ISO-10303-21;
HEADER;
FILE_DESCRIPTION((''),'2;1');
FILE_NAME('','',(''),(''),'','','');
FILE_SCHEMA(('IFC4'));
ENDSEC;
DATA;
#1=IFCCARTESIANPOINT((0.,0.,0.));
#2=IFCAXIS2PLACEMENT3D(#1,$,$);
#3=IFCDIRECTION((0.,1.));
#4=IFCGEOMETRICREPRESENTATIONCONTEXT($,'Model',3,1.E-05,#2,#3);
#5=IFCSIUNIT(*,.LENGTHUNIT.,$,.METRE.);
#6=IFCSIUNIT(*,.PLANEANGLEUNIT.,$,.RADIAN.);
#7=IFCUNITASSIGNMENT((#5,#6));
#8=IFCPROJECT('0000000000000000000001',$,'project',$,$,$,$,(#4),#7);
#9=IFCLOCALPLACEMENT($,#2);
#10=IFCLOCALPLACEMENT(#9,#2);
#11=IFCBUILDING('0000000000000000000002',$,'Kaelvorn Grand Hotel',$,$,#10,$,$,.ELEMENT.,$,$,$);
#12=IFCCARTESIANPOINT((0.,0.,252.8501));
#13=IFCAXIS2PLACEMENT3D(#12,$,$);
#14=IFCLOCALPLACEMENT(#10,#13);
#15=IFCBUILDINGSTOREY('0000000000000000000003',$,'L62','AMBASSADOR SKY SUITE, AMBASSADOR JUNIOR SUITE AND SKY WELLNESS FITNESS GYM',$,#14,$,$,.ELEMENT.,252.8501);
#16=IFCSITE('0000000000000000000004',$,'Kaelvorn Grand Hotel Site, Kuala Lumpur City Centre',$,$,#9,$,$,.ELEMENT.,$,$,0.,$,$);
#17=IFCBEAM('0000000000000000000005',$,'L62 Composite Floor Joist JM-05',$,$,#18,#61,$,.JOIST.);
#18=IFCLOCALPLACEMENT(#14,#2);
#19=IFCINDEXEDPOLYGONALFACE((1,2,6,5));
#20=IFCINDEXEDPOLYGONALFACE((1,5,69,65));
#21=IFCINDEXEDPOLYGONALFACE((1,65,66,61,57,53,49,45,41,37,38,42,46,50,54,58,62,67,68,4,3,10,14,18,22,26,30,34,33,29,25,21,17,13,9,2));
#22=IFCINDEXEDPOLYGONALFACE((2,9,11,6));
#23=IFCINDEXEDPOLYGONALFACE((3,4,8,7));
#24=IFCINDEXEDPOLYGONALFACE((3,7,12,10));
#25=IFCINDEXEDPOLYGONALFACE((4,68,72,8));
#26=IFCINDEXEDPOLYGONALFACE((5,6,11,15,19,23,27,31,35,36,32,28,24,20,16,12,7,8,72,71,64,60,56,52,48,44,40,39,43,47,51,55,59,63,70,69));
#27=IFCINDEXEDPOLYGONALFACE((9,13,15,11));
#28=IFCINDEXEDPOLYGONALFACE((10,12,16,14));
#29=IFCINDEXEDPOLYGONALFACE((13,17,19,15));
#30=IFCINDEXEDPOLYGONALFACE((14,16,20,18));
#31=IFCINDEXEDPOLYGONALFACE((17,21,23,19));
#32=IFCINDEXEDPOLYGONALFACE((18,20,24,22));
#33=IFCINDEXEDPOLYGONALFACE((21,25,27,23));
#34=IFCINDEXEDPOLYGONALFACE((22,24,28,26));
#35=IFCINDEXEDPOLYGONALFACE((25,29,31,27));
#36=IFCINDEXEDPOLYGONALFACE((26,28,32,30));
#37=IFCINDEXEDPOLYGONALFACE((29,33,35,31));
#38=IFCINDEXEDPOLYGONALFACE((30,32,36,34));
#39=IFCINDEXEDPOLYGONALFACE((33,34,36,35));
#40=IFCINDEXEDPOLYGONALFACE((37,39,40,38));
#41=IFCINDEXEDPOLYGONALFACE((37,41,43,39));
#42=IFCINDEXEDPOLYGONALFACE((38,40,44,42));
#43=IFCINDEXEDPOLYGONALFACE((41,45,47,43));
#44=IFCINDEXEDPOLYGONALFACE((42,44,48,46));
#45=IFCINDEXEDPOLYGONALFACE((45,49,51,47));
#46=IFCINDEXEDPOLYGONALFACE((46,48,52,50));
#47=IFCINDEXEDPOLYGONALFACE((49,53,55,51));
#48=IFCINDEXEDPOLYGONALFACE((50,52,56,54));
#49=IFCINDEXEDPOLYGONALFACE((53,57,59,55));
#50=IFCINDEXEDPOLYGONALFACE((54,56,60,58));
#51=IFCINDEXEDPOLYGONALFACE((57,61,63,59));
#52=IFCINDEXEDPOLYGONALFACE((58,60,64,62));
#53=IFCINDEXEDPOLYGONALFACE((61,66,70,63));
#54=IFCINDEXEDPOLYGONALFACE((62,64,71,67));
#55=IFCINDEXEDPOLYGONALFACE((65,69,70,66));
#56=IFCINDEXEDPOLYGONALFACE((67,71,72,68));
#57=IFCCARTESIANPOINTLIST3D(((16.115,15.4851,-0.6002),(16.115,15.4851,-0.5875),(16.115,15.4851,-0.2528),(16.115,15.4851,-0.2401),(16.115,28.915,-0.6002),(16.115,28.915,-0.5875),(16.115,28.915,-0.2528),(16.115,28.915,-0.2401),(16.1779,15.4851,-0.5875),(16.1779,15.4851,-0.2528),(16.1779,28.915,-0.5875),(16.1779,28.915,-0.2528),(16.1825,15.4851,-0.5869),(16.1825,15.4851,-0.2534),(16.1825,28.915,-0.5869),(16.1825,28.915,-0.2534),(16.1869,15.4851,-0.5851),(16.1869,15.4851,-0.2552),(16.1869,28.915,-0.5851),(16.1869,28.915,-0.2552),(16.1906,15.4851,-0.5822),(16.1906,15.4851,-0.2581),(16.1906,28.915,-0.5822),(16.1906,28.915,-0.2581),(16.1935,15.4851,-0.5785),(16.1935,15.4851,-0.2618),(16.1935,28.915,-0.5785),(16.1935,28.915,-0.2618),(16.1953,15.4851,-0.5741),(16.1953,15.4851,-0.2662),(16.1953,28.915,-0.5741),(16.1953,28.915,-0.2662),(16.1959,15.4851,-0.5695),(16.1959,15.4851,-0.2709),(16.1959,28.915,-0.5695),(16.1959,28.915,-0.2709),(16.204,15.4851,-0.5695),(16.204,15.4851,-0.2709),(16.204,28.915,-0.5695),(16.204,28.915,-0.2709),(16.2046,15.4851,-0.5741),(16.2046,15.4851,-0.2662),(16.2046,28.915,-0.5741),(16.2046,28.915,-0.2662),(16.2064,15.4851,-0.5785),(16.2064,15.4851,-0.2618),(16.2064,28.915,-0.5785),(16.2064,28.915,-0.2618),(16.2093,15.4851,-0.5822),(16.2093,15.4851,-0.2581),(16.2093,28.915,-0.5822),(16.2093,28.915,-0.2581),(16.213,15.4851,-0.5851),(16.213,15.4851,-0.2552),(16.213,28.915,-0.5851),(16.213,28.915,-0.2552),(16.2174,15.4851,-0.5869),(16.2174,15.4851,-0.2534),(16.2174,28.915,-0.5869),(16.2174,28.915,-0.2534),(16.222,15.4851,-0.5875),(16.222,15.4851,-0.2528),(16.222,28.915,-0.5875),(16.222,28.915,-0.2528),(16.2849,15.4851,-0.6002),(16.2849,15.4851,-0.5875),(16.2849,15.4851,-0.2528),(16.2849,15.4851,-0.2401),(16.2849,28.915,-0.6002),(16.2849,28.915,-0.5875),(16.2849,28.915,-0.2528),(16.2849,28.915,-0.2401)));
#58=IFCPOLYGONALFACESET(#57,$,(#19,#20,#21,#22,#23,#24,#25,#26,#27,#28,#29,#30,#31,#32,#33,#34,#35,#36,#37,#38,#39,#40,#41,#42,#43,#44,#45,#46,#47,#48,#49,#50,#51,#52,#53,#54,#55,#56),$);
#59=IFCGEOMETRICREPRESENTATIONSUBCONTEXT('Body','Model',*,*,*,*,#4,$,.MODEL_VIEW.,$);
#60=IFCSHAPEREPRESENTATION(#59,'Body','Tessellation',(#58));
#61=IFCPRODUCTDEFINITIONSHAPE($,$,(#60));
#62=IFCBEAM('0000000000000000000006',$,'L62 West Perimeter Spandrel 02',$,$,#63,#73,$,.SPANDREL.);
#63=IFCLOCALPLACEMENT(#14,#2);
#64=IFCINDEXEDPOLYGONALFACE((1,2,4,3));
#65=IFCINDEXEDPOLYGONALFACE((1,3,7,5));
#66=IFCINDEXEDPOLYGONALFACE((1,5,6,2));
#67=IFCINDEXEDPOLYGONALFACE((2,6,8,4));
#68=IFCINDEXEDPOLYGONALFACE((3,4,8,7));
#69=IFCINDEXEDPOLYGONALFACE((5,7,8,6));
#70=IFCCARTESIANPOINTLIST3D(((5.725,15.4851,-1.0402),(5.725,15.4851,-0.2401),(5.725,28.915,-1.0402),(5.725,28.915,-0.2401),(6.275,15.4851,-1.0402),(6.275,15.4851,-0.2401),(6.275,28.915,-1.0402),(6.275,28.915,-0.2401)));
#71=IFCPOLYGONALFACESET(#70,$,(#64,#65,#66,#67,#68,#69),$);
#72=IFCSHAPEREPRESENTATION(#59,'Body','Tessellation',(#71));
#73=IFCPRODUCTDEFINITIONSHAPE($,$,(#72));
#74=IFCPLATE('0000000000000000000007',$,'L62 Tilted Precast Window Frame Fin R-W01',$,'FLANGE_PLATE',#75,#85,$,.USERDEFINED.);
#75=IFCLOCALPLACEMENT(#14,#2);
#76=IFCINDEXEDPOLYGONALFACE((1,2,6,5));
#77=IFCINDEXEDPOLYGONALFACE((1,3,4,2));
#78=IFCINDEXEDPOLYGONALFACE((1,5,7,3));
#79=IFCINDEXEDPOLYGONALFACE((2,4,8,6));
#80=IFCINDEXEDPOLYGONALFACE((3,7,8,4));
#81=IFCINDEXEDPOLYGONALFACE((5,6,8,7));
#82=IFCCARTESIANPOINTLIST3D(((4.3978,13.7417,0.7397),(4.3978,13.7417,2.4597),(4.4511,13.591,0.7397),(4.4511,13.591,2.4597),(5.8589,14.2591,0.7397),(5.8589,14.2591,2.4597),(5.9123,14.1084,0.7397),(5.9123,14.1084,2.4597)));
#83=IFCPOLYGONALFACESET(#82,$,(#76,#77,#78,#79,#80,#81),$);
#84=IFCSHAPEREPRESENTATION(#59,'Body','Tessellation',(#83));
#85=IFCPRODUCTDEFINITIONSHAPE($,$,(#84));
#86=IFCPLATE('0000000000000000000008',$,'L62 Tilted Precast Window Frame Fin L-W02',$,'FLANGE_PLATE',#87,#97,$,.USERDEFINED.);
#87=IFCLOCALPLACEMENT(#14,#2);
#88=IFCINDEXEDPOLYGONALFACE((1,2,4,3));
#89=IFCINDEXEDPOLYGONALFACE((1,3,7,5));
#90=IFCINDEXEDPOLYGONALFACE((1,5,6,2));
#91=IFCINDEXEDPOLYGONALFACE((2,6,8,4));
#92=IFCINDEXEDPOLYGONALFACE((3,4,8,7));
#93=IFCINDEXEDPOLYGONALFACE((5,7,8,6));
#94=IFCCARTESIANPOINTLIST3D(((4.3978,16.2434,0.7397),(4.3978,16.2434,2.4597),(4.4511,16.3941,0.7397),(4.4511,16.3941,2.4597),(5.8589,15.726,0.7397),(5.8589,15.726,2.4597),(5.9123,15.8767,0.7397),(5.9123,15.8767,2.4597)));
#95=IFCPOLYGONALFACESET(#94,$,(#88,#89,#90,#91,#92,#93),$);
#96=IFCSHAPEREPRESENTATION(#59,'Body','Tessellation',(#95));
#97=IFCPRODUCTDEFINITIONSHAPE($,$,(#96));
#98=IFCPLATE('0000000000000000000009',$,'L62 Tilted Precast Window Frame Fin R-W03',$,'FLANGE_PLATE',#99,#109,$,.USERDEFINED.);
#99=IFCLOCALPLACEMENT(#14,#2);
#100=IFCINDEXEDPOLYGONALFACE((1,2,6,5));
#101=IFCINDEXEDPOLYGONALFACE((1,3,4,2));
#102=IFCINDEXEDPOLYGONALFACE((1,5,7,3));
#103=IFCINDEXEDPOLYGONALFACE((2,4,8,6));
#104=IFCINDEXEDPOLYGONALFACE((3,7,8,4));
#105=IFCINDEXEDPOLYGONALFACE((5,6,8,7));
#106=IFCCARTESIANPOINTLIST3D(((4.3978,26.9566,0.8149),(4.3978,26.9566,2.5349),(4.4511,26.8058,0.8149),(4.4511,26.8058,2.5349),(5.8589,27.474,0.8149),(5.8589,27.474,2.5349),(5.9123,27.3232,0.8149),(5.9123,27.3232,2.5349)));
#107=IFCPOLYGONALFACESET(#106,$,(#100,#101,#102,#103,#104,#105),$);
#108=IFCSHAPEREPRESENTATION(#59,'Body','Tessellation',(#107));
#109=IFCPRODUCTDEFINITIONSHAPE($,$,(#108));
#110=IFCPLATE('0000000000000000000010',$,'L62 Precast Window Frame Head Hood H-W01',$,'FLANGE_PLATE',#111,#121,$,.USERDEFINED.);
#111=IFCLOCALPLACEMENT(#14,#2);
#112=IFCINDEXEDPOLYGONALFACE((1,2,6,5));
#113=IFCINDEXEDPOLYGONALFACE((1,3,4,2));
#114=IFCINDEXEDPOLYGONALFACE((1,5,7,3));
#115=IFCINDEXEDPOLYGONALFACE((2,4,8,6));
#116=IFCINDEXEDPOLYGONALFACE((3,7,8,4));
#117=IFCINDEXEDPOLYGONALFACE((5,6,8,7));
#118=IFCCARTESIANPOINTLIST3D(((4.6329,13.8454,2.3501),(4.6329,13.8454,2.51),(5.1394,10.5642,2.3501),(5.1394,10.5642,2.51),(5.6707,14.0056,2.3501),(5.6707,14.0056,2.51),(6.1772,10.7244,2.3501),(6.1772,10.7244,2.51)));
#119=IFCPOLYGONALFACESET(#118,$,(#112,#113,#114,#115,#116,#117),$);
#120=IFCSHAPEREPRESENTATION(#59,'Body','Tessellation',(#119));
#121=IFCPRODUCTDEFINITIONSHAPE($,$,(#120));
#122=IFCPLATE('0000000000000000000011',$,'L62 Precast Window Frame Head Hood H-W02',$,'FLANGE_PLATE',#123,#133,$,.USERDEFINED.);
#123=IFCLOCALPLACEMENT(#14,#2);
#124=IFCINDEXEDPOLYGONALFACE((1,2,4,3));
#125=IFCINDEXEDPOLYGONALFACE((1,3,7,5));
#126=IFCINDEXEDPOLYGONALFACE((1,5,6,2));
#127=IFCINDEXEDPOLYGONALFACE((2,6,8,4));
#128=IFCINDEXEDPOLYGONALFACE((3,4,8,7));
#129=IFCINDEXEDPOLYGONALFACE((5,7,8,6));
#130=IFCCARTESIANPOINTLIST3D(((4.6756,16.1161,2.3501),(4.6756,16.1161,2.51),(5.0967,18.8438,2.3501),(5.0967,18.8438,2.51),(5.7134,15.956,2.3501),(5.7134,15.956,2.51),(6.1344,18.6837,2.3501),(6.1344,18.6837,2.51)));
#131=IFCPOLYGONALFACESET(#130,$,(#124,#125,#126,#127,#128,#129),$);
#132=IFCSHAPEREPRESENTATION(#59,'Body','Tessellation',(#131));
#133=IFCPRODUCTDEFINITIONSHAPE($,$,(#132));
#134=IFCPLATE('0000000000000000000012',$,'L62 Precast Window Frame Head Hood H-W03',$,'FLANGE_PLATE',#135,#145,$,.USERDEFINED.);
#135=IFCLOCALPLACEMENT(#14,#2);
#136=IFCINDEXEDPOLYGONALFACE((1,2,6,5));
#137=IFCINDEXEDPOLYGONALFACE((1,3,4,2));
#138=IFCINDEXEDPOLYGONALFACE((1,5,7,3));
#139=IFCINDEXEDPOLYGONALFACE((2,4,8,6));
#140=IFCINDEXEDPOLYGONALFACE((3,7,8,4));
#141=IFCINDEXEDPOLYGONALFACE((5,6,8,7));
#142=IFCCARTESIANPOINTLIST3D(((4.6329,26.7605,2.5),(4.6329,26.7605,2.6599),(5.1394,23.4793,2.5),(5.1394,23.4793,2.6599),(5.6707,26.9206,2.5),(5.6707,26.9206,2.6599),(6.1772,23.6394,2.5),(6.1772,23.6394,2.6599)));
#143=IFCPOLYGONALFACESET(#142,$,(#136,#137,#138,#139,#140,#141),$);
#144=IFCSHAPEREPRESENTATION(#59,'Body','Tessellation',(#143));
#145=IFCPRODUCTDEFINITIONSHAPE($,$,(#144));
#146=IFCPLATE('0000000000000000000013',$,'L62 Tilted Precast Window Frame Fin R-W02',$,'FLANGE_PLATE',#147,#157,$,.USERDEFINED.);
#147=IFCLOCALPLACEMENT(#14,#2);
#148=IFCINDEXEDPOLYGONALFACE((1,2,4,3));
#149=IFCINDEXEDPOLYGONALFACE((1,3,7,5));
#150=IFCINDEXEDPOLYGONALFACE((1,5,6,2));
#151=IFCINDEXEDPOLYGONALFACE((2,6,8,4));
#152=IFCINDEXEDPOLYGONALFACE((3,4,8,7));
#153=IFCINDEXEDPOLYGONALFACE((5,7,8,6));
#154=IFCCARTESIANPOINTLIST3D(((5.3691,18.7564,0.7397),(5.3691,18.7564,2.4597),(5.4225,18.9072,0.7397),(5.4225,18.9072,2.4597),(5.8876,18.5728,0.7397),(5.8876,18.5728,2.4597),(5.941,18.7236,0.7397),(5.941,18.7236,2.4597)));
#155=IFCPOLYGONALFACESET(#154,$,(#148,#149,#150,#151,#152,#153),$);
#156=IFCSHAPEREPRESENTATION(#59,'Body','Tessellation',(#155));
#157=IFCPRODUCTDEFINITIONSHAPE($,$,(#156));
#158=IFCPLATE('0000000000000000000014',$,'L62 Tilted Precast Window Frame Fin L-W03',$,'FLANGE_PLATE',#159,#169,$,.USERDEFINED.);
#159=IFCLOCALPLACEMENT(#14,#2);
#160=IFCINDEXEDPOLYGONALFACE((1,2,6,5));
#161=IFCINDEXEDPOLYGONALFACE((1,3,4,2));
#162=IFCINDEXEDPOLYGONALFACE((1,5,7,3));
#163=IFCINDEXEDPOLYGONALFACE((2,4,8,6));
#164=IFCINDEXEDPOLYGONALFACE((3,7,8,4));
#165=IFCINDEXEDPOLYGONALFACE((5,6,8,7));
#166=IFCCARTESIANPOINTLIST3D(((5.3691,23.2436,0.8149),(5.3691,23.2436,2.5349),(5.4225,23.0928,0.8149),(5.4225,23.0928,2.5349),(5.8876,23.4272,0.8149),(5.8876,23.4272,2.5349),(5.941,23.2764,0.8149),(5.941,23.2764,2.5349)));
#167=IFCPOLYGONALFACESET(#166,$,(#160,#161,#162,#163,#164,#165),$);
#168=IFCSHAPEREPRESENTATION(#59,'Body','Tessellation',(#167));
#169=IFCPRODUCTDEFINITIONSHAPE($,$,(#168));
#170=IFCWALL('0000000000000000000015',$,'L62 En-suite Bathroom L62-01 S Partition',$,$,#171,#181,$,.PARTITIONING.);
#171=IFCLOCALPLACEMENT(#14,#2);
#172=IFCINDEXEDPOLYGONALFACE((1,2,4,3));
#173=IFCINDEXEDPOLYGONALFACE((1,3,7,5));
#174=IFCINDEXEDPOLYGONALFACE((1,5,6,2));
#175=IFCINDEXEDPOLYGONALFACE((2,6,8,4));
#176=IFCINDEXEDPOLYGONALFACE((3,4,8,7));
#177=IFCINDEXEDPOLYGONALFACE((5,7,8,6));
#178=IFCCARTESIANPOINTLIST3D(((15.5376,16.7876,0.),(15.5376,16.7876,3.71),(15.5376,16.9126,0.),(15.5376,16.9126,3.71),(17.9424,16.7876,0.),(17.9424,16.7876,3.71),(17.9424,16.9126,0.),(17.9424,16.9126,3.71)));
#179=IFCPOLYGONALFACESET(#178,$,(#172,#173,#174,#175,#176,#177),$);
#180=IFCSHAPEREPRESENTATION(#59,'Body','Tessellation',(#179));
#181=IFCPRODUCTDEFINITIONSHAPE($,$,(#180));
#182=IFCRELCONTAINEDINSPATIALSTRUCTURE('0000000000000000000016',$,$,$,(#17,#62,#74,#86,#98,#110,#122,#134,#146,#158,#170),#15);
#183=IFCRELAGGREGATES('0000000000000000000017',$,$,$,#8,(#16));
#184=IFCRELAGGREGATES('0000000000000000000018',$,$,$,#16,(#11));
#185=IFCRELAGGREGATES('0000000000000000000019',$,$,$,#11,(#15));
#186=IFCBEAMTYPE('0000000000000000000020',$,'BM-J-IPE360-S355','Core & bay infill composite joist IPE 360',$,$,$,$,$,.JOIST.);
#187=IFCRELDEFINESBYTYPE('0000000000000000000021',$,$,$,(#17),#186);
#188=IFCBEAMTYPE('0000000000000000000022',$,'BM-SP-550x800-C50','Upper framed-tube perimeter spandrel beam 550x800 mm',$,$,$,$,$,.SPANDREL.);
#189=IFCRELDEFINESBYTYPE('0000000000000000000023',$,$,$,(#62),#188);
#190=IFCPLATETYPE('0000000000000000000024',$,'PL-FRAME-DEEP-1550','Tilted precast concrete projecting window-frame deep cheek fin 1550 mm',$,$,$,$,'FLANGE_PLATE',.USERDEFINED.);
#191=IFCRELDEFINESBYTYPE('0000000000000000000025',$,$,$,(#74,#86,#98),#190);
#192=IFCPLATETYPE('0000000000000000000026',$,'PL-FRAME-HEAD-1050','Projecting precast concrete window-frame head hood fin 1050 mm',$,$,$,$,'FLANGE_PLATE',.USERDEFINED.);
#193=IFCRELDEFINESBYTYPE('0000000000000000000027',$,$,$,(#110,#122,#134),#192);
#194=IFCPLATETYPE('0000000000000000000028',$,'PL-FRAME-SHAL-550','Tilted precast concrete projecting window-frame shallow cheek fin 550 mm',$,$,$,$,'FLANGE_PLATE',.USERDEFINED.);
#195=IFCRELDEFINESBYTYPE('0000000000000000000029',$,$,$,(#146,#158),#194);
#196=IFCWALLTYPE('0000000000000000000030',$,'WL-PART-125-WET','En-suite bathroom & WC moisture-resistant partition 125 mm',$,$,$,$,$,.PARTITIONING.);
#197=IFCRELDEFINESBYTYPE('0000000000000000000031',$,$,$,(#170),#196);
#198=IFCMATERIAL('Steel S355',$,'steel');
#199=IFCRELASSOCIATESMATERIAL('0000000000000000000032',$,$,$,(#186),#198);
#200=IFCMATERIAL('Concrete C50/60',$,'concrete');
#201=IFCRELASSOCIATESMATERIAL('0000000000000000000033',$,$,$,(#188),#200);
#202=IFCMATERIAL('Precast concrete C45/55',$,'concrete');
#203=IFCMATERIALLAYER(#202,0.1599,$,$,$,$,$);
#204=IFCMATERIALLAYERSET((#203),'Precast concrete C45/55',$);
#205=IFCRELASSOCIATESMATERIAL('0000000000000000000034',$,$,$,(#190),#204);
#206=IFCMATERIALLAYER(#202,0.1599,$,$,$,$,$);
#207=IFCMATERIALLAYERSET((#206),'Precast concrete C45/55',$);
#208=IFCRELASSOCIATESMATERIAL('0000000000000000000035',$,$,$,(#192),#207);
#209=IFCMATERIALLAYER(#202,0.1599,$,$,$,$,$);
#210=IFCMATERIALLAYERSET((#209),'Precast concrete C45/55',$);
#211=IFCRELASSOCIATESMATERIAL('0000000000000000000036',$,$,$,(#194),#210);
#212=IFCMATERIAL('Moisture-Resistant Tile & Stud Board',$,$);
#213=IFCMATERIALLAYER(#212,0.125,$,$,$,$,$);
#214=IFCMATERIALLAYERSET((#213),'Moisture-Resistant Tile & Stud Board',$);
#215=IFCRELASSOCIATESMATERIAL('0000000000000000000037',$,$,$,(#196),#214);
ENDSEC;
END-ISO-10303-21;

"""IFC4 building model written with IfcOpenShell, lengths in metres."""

from ifc_helpers import new_model, si_unit, direction, frame, frame_2d, origin, origin_2d, place, context, subcontext, project, spatial, rectangle, i_section, extrude, material, layer, layer_set, material_profile, profile_set, type_object, element, save


model = new_model("IFC4")

# Units and contexts
model_context = context("Model", 3, precision=1e-05, world=origin(), true_north=direction((0.0, 1.0)))
body_context = subcontext(model_context, "Body", "Model", "MODEL_VIEW")
ifc_project = project(units=[si_unit("LENGTHUNIT", "METRE"), si_unit("PLANEANGLEUNIT", "RADIAN")], contexts=[model_context])

# Site, building, storey
site_placement = place(None, origin())
site = spatial("IfcSite", under=ifc_project, at=site_placement, Name="Kaelvorn Grand Hotel Site, Kuala Lumpur City Centre", CompositionType="ELEMENT", RefElevation=0.0)
building_placement = place(site_placement, origin())
building = spatial("IfcBuilding", under=site, at=building_placement, Name="Kaelvorn Grand Hotel", CompositionType="ELEMENT")
storey_placement = place(building_placement, frame((0.0, 0.0, 252.8501)))
storey = spatial("IfcBuildingStorey", under=building, at=storey_placement, Name="L62", Description="AMBASSADOR SKY SUITE, AMBASSADOR JUNIOR SUITE AND SKY WELLNESS FITNESS GYM", CompositionType="ELEMENT", Elevation=252.8501)

# Shared definitions
ifc_material_1 = material(Name="Concrete C50/60", Category="concrete")

# Beams
ifc_material_2 = material(Name="Steel S355", Category="steel")
ifc_material_profile_1 = material_profile(ifc_material_2, i_section(OverallWidth=0.1699, OverallDepth=0.3601, WebThickness=0.0081, FlangeThickness=0.0127, FilletRadius=0.0181, at=origin_2d()), Name="IPE 360")
ifc_profile_set_1 = profile_set([ifc_material_profile_1], Name="Steel S355")
beam_type_1 = type_object("IfcBeamType", Name="BM-J-IPE360-S355", Description="Core & bay infill composite joist IPE 360", PredefinedType="JOIST", material=ifc_profile_set_1)
beam_1_placement = place(storey_placement, frame((16.2, 15.4851, -0.4202), z_axis=(0.0, 1.0, 0.0), x_axis=(-1.0, 0.0, 0.0)))
element("IfcBeam", 1, at=beam_1_placement, inside=storey, type_object=beam_type_1, Name="L62 Composite Floor Joist JM-05", PredefinedType="JOIST", context=body_context, shape_type="SweptSolid", body=[
    extrude(i_section(OverallWidth=0.1699, OverallDepth=0.3601, WebThickness=0.0081, FlangeThickness=0.0127, FilletRadius=0.0181, at=origin_2d()), origin(), (0.0, 0.0, 1.0), 13.4299),
])
ifc_material_profile_2 = material_profile(ifc_material_1, rectangle(XDim=0.55, YDim=0.8, at=origin_2d()), Name="RC SPANDREL 550x800")
ifc_profile_set_2 = profile_set([ifc_material_profile_2], Name="Concrete C50/60")
beam_type_2 = type_object("IfcBeamType", Name="BM-SP-550x800-C50", Description="Upper framed-tube perimeter spandrel beam 550x800 mm", PredefinedType="SPANDREL", material=ifc_profile_set_2)
beam_2_placement = place(storey_placement, frame((6.0, 15.4851, -0.6401), z_axis=(0.0, 1.0, 0.0), x_axis=(-1.0, 0.0, 0.0)))
element("IfcBeam", 2, at=beam_2_placement, inside=storey, type_object=beam_type_2, Name="L62 West Perimeter Spandrel 02", PredefinedType="SPANDREL", context=body_context, shape_type="SweptSolid", body=[
    extrude(rectangle(XDim=0.55, YDim=0.8, at=origin_2d()), origin(), (0.0, 0.0, 1.0), 13.4299),
])

# Plates
ifc_material_3 = material(Name="Precast concrete C45/55", Category="concrete")
ifc_layer_1 = layer(ifc_material_3, 0.1599)
ifc_layer_set_1 = layer_set([ifc_layer_1], Name="Precast concrete C45/55")
plate_type_1 = type_object("IfcPlateType", Name="PL-FRAME-DEEP-1550", Description="Tilted precast concrete projecting window-frame deep cheek fin 1550 mm", ElementType="FLANGE_PLATE", PredefinedType="USERDEFINED", material=ifc_layer_set_1)
for number, where, z_axis, x_axis, name in (
    (3, (5.155, 13.925, 0.7397), (0.0, 0.0, 1.0), (-0.333807, 0.942641, 0.0), "L62 Tilted Precast Window Frame Fin R-W01"),
    (4, (5.155, 16.0601, 0.7397), (0.0, 0.0, 1.0), (0.333807, 0.942641, 0.0), "L62 Tilted Precast Window Frame Fin L-W02"),
    (5, (5.155, 27.1399, 0.8149), (0.0, 0.0, 1.0), (-0.333807, 0.942641, 0.0), "L62 Tilted Precast Window Frame Fin R-W03"),
):
    element("IfcPlate", number, at=place(storey_placement, frame(where, z_axis=z_axis, x_axis=x_axis)), inside=storey, type_object=plate_type_1, Name=name, ObjectType="FLANGE_PLATE", PredefinedType="USERDEFINED", context=body_context, shape_type="SweptSolid", body=[
        extrude(rectangle(XDim=0.1599, YDim=1.55, at=origin_2d()), origin(), (0.0, 0.0, 1.0), 1.72),
    ])
ifc_layer_2 = layer(ifc_material_3, 0.1599)
ifc_layer_set_2 = layer_set([ifc_layer_2], Name="Precast concrete C45/55")
plate_type_2 = type_object("IfcPlateType", Name="PL-FRAME-HEAD-1050", Description="Projecting precast concrete window-frame head hood fin 1050 mm", ElementType="FLANGE_PLATE", PredefinedType="USERDEFINED", material=ifc_layer_set_2)
plate_1_placement = place(storey_placement, frame((5.405, 12.2849, 2.3501), z_axis=(0.0, 0.0, 1.0), x_axis=(-0.152555, 0.988295, 0.0)))
element("IfcPlate", 6, at=plate_1_placement, inside=storey, type_object=plate_type_2, Name="L62 Precast Window Frame Head Hood H-W01", ObjectType="FLANGE_PLATE", PredefinedType="USERDEFINED", context=body_context, shape_type="SweptSolid", body=[
    extrude(rectangle(XDim=3.3201, YDim=1.05, at=origin_2d()), origin(), (0.0, 0.0, 1.0), 0.1599),
])
plate_2_placement = place(storey_placement, frame((5.405, 17.3999, 2.3501), z_axis=(0.0, 0.0, 1.0), x_axis=(0.152555, 0.988295, 0.0)))
element("IfcPlate", 7, at=plate_2_placement, inside=storey, type_object=plate_type_2, Name="L62 Precast Window Frame Head Hood H-W02", ObjectType="FLANGE_PLATE", PredefinedType="USERDEFINED", context=body_context, shape_type="SweptSolid", body=[
    extrude(rectangle(XDim=2.76, YDim=1.05, at=origin_2d()), origin(), (0.0, 0.0, 1.0), 0.1599),
])
plate_3_placement = place(storey_placement, frame((5.405, 25.2, 2.5), z_axis=(0.0, 0.0, 1.0), x_axis=(-0.152555, 0.988295, 0.0)))
element("IfcPlate", 8, at=plate_3_placement, inside=storey, type_object=plate_type_2, Name="L62 Precast Window Frame Head Hood H-W03", ObjectType="FLANGE_PLATE", PredefinedType="USERDEFINED", context=body_context, shape_type="SweptSolid", body=[
    extrude(rectangle(XDim=3.3201, YDim=1.05, at=origin_2d()), origin(), (0.0, 0.0, 1.0), 0.1599),
])
ifc_layer_3 = layer(ifc_material_3, 0.1599)
ifc_layer_set_3 = layer_set([ifc_layer_3], Name="Precast concrete C45/55")
plate_type_3 = type_object("IfcPlateType", Name="PL-FRAME-SHAL-550", Description="Tilted precast concrete projecting window-frame shallow cheek fin 550 mm", ElementType="FLANGE_PLATE", PredefinedType="USERDEFINED", material=ifc_layer_set_3)
for number, where, z_axis, x_axis, name in (
    (9, (5.655, 18.74, 0.7397), (0.0, 0.0, 1.0), (0.333807, 0.942641, 0.0), "L62 Tilted Precast Window Frame Fin R-W02"),
    (10, (5.655, 23.26, 0.8149), (0.0, 0.0, 1.0), (-0.333807, 0.942641, 0.0), "L62 Tilted Precast Window Frame Fin L-W03"),
):
    element("IfcPlate", number, at=place(storey_placement, frame(where, z_axis=z_axis, x_axis=x_axis)), inside=storey, type_object=plate_type_3, Name=name, ObjectType="FLANGE_PLATE", PredefinedType="USERDEFINED", context=body_context, shape_type="SweptSolid", body=[
        extrude(rectangle(XDim=0.1599, YDim=0.55, at=origin_2d()), origin(), (0.0, 0.0, 1.0), 1.72),
    ])

# Wall
ifc_material_4 = material(Name="Moisture-Resistant Tile & Stud Board")
ifc_layer_4 = layer(ifc_material_4, 0.125)
ifc_layer_set_4 = layer_set([ifc_layer_4], Name="Moisture-Resistant Tile & Stud Board")
wall_type_1 = type_object("IfcWallType", Name="WL-PART-125-WET", Description="En-suite bathroom & WC moisture-resistant partition 125 mm", PredefinedType="PARTITIONING", material=ifc_layer_set_4)
wall_1_placement = place(storey_placement, frame((15.5376, 16.8501, 0.0), z_axis=(0.0, 0.0, 1.0), x_axis=(1.0, 0.0, 0.0)))
element("IfcWall", 11, at=wall_1_placement, inside=storey, type_object=wall_type_1, Name="L62 En-suite Bathroom L62-01 S Partition", PredefinedType="PARTITIONING", context=body_context, shape_type="SweptSolid", body=[
    extrude(rectangle(XDim=2.4048, YDim=0.125, at=frame_2d((1.2024, 0.0))), origin(), (0.0, 0.0, 1.0), 3.71),
])

save(model, "model.ifc")
